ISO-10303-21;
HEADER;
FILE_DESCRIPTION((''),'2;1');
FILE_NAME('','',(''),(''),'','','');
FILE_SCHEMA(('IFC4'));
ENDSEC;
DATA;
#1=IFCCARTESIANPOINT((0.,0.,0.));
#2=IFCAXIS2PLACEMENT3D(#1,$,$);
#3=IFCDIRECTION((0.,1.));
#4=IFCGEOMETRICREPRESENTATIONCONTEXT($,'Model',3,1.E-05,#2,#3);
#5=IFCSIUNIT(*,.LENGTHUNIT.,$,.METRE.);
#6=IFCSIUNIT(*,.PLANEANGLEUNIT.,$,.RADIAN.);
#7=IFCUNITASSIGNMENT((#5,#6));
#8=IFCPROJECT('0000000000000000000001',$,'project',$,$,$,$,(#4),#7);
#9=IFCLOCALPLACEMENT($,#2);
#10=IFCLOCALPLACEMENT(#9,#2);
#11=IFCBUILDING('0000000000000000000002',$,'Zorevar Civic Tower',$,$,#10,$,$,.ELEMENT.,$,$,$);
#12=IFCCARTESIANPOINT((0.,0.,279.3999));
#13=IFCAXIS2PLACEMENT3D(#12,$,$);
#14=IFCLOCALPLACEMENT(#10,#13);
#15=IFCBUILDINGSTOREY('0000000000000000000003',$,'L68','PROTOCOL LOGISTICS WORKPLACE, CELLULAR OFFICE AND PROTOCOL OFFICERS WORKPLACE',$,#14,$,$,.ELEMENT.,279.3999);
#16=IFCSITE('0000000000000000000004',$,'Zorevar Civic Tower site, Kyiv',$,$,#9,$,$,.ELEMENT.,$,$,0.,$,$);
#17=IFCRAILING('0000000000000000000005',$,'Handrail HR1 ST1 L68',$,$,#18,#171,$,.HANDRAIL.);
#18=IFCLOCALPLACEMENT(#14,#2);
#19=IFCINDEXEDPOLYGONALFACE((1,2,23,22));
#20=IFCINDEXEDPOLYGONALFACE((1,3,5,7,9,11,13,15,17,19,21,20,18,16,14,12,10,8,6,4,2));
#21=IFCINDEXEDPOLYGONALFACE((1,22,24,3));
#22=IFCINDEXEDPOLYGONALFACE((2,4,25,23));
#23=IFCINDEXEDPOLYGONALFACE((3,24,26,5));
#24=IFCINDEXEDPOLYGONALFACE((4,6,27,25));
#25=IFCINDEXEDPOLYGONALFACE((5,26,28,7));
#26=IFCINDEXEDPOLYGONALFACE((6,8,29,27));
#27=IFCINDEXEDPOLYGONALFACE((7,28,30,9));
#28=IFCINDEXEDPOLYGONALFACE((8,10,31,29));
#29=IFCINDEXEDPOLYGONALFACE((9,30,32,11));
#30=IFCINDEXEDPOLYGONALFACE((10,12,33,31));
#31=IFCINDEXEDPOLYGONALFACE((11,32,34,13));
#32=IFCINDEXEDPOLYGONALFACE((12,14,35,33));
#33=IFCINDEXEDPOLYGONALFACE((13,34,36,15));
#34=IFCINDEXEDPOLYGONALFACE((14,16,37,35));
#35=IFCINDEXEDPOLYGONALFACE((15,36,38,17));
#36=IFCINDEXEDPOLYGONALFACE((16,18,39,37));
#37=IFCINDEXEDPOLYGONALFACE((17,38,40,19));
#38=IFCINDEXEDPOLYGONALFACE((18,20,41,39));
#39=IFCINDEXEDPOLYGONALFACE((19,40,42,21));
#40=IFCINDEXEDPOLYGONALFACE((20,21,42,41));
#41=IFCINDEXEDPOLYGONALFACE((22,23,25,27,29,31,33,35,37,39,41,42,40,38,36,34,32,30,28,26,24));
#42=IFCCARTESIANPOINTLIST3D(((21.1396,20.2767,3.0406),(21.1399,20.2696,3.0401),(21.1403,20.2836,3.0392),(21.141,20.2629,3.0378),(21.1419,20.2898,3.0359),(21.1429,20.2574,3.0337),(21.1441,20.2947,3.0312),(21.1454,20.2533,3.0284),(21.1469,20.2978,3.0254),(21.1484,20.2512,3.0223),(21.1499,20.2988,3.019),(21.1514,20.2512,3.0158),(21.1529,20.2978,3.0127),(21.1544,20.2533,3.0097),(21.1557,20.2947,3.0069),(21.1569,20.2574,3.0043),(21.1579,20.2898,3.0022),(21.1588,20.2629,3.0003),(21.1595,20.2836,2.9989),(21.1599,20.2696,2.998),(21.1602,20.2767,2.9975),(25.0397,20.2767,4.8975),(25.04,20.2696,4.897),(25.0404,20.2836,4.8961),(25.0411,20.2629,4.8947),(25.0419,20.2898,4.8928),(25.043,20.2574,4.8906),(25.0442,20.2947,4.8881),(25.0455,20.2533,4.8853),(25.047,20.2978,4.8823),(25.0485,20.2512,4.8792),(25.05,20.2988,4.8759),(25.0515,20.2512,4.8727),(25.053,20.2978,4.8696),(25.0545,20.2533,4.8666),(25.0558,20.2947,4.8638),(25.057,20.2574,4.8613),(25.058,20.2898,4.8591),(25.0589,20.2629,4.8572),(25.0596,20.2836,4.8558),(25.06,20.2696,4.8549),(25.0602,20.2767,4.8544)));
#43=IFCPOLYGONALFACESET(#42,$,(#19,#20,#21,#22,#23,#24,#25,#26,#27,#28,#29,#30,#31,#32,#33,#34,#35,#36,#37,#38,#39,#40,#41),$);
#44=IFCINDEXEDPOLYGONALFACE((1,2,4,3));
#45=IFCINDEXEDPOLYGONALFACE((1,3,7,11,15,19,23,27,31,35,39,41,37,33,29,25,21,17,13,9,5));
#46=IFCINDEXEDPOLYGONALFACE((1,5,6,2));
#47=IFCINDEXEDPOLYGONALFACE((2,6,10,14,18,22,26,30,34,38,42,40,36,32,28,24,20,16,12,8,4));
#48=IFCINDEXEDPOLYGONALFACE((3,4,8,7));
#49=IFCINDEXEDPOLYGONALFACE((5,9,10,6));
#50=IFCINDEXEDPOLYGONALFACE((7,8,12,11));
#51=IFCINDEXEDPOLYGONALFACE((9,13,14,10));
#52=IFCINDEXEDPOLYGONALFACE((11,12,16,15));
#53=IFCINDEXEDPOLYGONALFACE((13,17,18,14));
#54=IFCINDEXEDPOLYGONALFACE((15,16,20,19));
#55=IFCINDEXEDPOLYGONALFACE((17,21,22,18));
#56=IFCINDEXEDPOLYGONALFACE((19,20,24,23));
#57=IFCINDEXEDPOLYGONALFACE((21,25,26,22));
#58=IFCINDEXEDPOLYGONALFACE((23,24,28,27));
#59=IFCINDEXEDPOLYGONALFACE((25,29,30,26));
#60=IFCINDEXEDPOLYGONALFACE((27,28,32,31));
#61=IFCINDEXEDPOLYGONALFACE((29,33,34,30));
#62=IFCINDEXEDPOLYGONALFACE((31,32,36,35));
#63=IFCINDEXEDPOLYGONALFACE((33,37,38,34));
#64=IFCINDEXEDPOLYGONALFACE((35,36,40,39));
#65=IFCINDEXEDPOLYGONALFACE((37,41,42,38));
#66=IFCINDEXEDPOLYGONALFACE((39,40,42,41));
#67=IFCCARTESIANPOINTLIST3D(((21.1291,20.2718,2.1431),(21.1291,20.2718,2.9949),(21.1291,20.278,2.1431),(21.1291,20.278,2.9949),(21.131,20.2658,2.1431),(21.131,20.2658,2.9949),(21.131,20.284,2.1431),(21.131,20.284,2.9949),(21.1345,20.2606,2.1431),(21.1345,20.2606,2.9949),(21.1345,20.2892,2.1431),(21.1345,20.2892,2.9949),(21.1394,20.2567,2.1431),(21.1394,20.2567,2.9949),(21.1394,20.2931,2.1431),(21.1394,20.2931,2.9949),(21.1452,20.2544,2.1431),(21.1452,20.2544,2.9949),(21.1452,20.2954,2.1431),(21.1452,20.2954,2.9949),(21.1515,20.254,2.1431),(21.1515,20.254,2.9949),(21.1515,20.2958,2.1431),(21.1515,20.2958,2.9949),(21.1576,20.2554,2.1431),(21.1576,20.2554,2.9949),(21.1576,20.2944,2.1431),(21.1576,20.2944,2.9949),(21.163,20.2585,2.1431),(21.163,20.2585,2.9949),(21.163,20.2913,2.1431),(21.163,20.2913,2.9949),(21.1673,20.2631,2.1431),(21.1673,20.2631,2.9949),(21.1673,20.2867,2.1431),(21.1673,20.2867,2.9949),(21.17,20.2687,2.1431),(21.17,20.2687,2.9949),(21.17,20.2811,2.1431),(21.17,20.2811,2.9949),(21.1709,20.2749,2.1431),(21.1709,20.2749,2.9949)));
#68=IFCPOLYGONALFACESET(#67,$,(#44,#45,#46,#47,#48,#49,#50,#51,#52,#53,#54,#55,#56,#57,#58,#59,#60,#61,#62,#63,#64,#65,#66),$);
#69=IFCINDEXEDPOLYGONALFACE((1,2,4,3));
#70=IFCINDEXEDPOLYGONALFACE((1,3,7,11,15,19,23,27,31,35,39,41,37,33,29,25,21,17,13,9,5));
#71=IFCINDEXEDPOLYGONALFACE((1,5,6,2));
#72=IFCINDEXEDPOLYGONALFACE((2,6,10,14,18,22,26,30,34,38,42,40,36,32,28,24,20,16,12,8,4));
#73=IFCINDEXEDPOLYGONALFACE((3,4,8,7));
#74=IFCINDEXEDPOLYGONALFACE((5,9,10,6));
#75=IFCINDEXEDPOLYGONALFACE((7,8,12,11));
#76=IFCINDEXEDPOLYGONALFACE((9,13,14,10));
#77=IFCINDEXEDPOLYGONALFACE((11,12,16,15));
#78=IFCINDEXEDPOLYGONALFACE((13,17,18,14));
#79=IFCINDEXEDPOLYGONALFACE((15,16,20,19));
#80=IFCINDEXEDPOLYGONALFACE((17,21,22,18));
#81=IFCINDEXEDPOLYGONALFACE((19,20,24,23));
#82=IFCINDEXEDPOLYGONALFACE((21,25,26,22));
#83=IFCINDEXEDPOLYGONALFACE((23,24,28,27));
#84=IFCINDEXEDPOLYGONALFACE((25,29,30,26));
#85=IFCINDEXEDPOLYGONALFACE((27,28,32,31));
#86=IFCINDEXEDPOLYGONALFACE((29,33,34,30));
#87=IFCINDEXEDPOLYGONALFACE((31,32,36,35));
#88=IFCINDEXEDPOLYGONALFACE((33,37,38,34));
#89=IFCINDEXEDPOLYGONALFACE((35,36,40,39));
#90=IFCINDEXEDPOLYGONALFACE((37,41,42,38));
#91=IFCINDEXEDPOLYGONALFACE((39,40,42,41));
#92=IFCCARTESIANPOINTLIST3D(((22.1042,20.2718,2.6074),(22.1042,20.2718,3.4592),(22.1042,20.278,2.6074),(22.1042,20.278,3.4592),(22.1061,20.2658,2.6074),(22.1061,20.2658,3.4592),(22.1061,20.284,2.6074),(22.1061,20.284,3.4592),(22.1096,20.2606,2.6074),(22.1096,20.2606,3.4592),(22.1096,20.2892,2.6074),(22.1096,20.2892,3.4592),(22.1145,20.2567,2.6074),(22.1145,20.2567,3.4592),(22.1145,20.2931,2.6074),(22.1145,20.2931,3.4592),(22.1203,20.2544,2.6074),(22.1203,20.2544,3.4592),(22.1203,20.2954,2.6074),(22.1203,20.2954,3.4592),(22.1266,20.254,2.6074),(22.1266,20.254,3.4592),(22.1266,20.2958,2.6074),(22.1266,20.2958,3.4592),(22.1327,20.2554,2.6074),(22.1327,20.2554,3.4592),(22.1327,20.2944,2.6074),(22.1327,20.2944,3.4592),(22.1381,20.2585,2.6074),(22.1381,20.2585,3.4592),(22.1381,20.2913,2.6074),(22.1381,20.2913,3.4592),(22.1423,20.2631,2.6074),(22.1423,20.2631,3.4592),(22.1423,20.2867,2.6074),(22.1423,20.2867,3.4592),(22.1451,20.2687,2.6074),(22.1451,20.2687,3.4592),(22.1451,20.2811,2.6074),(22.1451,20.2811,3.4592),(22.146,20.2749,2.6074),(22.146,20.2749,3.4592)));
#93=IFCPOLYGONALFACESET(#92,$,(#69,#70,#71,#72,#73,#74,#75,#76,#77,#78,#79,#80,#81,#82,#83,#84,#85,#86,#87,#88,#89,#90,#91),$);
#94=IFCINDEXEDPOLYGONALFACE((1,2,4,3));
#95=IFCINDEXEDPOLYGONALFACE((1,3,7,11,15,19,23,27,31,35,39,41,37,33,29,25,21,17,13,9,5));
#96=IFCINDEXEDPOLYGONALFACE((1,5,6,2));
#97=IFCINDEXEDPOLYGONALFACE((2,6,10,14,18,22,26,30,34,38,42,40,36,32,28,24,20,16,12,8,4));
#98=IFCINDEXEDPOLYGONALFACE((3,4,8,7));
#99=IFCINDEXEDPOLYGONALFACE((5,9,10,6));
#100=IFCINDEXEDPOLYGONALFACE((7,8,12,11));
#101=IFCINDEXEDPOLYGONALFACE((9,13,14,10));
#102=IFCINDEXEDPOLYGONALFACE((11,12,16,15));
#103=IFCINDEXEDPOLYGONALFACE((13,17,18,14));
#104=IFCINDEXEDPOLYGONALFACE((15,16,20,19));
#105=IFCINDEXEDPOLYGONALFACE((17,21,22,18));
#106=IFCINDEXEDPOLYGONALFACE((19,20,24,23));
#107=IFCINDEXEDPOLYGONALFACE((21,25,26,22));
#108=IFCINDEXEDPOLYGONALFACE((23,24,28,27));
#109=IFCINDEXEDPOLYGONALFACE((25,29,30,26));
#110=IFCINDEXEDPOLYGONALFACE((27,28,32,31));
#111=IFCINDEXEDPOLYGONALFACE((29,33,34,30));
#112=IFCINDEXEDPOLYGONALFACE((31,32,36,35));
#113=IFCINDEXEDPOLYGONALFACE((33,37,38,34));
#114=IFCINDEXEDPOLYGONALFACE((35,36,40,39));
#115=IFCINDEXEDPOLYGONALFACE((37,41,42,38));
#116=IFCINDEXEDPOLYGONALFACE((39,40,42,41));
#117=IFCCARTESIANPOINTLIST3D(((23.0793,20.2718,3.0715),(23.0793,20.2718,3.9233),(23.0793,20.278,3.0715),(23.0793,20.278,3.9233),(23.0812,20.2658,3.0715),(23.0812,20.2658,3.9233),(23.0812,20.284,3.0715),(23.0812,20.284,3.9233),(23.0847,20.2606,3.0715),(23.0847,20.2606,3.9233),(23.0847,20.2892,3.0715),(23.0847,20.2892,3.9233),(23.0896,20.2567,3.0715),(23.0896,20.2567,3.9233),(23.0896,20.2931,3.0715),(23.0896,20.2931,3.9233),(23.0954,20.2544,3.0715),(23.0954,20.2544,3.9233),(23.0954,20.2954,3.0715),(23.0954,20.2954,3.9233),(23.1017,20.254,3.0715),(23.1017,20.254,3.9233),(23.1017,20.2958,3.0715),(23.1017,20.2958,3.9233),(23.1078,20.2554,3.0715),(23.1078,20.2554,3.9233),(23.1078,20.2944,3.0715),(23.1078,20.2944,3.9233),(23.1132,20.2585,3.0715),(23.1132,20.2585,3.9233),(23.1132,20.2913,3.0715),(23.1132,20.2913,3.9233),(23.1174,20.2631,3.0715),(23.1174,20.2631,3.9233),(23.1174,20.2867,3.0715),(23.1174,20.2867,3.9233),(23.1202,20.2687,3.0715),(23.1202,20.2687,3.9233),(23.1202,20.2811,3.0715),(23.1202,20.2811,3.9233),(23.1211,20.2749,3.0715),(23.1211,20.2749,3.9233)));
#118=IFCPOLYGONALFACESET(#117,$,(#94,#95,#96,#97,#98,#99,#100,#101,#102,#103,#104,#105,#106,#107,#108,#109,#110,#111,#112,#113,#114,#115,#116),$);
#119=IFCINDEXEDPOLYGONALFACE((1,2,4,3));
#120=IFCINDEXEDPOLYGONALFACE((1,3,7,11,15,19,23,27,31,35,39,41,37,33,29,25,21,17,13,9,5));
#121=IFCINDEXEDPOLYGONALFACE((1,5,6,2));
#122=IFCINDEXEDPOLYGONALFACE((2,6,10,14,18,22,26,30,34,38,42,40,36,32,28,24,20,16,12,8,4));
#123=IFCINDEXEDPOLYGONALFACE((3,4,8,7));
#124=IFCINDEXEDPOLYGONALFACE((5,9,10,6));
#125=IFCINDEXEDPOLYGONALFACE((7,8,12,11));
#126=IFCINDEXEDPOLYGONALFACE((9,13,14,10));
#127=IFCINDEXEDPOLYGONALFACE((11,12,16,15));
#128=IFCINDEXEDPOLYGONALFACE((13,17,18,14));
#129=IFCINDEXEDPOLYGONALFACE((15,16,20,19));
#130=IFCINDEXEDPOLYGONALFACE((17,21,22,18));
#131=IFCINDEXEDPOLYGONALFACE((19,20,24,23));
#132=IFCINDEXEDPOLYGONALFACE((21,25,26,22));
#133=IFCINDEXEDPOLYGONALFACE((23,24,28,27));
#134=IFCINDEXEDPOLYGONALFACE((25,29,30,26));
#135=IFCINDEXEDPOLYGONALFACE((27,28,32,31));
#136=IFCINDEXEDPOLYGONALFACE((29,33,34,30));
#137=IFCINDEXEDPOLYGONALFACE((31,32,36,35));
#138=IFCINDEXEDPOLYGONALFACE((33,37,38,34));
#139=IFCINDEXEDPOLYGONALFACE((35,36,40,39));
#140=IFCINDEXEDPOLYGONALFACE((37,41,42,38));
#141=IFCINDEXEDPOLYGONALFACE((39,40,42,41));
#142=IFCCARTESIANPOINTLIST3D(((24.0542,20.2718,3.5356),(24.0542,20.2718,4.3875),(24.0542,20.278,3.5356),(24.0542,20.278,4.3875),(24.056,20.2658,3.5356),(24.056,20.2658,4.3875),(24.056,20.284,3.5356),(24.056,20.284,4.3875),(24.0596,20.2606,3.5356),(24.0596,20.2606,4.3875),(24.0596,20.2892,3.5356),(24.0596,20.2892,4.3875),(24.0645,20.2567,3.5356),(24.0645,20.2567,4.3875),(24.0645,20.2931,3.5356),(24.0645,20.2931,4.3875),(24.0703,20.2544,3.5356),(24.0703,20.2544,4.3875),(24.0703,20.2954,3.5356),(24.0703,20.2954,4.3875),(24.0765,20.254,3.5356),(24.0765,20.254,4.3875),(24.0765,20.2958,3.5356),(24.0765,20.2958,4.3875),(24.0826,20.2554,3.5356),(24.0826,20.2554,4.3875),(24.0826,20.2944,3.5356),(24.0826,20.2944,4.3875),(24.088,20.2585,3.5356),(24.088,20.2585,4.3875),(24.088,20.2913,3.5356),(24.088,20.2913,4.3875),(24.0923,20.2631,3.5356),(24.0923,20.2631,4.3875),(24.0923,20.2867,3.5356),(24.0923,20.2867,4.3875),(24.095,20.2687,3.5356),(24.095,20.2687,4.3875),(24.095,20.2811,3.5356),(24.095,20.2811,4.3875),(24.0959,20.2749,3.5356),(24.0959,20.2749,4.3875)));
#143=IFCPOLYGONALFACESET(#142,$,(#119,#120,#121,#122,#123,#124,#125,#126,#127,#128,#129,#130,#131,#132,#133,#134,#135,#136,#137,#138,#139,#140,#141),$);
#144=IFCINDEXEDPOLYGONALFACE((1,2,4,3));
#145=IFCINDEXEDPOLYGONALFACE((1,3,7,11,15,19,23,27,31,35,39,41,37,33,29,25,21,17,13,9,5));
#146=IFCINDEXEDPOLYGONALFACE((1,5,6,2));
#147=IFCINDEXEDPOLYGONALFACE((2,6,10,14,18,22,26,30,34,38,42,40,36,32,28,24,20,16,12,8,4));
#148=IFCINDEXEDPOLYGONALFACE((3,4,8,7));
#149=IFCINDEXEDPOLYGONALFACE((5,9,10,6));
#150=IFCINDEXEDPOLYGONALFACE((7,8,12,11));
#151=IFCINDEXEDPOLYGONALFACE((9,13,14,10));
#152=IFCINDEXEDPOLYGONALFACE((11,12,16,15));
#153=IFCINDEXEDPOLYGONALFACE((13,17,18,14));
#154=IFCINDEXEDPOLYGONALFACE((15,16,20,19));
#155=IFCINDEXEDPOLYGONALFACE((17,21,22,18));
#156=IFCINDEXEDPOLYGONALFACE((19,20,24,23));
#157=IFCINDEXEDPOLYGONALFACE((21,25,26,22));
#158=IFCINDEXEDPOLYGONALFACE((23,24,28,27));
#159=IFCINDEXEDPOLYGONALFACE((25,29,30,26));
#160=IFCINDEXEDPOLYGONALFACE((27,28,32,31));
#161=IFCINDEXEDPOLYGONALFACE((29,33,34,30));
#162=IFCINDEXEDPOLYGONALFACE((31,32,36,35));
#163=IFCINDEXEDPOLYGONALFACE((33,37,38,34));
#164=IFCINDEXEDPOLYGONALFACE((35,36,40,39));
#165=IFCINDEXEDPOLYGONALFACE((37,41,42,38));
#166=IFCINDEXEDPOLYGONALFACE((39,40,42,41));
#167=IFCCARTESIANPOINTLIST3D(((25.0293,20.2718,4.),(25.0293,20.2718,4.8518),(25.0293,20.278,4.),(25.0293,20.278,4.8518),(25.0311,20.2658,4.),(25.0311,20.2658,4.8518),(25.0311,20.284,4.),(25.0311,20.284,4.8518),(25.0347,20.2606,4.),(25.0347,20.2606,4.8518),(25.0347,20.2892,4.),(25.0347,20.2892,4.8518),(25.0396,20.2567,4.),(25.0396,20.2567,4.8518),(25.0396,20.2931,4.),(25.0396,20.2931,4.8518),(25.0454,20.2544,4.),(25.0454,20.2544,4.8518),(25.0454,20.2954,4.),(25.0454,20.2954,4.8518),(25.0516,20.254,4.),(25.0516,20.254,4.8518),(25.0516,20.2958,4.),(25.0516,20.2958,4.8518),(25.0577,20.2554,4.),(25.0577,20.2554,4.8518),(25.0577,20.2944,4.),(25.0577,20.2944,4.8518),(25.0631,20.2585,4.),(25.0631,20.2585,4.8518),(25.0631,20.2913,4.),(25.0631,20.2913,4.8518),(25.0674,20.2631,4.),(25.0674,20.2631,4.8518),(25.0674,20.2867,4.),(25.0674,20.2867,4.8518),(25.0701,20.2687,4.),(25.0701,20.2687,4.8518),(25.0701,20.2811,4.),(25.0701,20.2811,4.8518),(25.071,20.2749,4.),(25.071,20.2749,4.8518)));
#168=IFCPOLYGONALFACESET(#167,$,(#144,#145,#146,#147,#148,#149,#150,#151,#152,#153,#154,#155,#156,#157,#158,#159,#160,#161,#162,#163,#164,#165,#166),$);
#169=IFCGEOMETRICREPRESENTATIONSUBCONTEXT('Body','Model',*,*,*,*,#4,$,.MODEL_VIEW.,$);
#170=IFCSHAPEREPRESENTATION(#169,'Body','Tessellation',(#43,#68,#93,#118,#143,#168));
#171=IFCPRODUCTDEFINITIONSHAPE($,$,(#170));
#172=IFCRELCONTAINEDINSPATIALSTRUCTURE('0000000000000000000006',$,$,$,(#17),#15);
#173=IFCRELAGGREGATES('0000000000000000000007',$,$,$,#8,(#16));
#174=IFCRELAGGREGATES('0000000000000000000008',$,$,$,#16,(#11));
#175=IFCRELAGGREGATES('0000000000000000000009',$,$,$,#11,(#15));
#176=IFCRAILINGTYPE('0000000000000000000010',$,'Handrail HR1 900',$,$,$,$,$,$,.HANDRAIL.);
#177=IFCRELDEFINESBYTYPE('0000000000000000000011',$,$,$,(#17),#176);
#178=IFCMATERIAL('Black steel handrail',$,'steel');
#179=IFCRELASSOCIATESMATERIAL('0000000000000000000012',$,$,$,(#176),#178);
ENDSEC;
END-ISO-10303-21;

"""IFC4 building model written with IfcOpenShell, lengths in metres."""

from ifc_helpers import new_model, si_unit, direction, frame, origin, origin_2d, place, context, subcontext, project, spatial, circle, extrude, material, type_object, element, save


model = new_model("IFC4")

# Units and contexts
model_context = context("Model", 3, precision=1e-05, world=origin(), true_north=direction((0.0, 1.0)))
body_context = subcontext(model_context, "Body", "Model", "MODEL_VIEW")
ifc_project = project(units=[si_unit("LENGTHUNIT", "METRE"), si_unit("PLANEANGLEUNIT", "RADIAN")], contexts=[model_context])

# Site, building, storey
site_placement = place(None, origin())
site = spatial("IfcSite", under=ifc_project, at=site_placement, Name="Zorevar Civic Tower site, Kyiv", CompositionType="ELEMENT", RefElevation=0.0)
building_placement = place(site_placement, origin())
building = spatial("IfcBuilding", under=site, at=building_placement, Name="Zorevar Civic Tower", CompositionType="ELEMENT")
storey_placement = place(building_placement, frame((0.0, 0.0, 279.3999)))
storey = spatial("IfcBuildingStorey", under=building, at=storey_placement, Name="L68", Description="PROTOCOL LOGISTICS WORKPLACE, CELLULAR OFFICE AND PROTOCOL OFFICERS WORKPLACE", CompositionType="ELEMENT", Elevation=279.3999)

# Railing
ifc_material_1 = material(Name="Black steel handrail", Category="steel")
railing_type = type_object("IfcRailingType", Name="Handrail HR1 900", PredefinedType="HANDRAIL", material=ifc_material_1)
railing_1_placement = place(storey_placement, frame((21.1499, 20.2749, 2.1431)))
element("IfcRailing", 1, at=railing_1_placement, inside=storey, type_object=railing_type, Name="Handrail HR1 ST1 L68", PredefinedType="HANDRAIL", context=body_context, shape_type="SweptSolid", body=[
    extrude(circle(Radius=0.0239, at=origin_2d()), frame((0.0, 0.0, 0.876), z_axis=(0.902886, 0.0, 0.429881), x_axis=(0.0, 1.0, 0.0)), (0.0, 0.0, 1.0), 4.3196),
    extrude(circle(Radius=0.021, at=origin_2d()), origin(), (0.0, 0.0, 1.0), 0.8518),
    extrude(circle(Radius=0.021, at=origin_2d()), frame((0.9751, 0.0, 0.4644)), (0.0, 0.0, 1.0), 0.8518),
    extrude(circle(Radius=0.021, at=origin_2d()), frame((1.9502, 0.0, 0.9285)), (0.0, 0.0, 1.0), 0.8518),
    extrude(circle(Radius=0.021, at=origin_2d()), frame((2.925, 0.0, 1.3926)), (0.0, 0.0, 1.0), 0.8518),
    extrude(circle(Radius=0.021, at=origin_2d()), frame((3.9001, 0.0, 1.8569)), (0.0, 0.0, 1.0), 0.8518),
])

save(model, "model.ifc")
